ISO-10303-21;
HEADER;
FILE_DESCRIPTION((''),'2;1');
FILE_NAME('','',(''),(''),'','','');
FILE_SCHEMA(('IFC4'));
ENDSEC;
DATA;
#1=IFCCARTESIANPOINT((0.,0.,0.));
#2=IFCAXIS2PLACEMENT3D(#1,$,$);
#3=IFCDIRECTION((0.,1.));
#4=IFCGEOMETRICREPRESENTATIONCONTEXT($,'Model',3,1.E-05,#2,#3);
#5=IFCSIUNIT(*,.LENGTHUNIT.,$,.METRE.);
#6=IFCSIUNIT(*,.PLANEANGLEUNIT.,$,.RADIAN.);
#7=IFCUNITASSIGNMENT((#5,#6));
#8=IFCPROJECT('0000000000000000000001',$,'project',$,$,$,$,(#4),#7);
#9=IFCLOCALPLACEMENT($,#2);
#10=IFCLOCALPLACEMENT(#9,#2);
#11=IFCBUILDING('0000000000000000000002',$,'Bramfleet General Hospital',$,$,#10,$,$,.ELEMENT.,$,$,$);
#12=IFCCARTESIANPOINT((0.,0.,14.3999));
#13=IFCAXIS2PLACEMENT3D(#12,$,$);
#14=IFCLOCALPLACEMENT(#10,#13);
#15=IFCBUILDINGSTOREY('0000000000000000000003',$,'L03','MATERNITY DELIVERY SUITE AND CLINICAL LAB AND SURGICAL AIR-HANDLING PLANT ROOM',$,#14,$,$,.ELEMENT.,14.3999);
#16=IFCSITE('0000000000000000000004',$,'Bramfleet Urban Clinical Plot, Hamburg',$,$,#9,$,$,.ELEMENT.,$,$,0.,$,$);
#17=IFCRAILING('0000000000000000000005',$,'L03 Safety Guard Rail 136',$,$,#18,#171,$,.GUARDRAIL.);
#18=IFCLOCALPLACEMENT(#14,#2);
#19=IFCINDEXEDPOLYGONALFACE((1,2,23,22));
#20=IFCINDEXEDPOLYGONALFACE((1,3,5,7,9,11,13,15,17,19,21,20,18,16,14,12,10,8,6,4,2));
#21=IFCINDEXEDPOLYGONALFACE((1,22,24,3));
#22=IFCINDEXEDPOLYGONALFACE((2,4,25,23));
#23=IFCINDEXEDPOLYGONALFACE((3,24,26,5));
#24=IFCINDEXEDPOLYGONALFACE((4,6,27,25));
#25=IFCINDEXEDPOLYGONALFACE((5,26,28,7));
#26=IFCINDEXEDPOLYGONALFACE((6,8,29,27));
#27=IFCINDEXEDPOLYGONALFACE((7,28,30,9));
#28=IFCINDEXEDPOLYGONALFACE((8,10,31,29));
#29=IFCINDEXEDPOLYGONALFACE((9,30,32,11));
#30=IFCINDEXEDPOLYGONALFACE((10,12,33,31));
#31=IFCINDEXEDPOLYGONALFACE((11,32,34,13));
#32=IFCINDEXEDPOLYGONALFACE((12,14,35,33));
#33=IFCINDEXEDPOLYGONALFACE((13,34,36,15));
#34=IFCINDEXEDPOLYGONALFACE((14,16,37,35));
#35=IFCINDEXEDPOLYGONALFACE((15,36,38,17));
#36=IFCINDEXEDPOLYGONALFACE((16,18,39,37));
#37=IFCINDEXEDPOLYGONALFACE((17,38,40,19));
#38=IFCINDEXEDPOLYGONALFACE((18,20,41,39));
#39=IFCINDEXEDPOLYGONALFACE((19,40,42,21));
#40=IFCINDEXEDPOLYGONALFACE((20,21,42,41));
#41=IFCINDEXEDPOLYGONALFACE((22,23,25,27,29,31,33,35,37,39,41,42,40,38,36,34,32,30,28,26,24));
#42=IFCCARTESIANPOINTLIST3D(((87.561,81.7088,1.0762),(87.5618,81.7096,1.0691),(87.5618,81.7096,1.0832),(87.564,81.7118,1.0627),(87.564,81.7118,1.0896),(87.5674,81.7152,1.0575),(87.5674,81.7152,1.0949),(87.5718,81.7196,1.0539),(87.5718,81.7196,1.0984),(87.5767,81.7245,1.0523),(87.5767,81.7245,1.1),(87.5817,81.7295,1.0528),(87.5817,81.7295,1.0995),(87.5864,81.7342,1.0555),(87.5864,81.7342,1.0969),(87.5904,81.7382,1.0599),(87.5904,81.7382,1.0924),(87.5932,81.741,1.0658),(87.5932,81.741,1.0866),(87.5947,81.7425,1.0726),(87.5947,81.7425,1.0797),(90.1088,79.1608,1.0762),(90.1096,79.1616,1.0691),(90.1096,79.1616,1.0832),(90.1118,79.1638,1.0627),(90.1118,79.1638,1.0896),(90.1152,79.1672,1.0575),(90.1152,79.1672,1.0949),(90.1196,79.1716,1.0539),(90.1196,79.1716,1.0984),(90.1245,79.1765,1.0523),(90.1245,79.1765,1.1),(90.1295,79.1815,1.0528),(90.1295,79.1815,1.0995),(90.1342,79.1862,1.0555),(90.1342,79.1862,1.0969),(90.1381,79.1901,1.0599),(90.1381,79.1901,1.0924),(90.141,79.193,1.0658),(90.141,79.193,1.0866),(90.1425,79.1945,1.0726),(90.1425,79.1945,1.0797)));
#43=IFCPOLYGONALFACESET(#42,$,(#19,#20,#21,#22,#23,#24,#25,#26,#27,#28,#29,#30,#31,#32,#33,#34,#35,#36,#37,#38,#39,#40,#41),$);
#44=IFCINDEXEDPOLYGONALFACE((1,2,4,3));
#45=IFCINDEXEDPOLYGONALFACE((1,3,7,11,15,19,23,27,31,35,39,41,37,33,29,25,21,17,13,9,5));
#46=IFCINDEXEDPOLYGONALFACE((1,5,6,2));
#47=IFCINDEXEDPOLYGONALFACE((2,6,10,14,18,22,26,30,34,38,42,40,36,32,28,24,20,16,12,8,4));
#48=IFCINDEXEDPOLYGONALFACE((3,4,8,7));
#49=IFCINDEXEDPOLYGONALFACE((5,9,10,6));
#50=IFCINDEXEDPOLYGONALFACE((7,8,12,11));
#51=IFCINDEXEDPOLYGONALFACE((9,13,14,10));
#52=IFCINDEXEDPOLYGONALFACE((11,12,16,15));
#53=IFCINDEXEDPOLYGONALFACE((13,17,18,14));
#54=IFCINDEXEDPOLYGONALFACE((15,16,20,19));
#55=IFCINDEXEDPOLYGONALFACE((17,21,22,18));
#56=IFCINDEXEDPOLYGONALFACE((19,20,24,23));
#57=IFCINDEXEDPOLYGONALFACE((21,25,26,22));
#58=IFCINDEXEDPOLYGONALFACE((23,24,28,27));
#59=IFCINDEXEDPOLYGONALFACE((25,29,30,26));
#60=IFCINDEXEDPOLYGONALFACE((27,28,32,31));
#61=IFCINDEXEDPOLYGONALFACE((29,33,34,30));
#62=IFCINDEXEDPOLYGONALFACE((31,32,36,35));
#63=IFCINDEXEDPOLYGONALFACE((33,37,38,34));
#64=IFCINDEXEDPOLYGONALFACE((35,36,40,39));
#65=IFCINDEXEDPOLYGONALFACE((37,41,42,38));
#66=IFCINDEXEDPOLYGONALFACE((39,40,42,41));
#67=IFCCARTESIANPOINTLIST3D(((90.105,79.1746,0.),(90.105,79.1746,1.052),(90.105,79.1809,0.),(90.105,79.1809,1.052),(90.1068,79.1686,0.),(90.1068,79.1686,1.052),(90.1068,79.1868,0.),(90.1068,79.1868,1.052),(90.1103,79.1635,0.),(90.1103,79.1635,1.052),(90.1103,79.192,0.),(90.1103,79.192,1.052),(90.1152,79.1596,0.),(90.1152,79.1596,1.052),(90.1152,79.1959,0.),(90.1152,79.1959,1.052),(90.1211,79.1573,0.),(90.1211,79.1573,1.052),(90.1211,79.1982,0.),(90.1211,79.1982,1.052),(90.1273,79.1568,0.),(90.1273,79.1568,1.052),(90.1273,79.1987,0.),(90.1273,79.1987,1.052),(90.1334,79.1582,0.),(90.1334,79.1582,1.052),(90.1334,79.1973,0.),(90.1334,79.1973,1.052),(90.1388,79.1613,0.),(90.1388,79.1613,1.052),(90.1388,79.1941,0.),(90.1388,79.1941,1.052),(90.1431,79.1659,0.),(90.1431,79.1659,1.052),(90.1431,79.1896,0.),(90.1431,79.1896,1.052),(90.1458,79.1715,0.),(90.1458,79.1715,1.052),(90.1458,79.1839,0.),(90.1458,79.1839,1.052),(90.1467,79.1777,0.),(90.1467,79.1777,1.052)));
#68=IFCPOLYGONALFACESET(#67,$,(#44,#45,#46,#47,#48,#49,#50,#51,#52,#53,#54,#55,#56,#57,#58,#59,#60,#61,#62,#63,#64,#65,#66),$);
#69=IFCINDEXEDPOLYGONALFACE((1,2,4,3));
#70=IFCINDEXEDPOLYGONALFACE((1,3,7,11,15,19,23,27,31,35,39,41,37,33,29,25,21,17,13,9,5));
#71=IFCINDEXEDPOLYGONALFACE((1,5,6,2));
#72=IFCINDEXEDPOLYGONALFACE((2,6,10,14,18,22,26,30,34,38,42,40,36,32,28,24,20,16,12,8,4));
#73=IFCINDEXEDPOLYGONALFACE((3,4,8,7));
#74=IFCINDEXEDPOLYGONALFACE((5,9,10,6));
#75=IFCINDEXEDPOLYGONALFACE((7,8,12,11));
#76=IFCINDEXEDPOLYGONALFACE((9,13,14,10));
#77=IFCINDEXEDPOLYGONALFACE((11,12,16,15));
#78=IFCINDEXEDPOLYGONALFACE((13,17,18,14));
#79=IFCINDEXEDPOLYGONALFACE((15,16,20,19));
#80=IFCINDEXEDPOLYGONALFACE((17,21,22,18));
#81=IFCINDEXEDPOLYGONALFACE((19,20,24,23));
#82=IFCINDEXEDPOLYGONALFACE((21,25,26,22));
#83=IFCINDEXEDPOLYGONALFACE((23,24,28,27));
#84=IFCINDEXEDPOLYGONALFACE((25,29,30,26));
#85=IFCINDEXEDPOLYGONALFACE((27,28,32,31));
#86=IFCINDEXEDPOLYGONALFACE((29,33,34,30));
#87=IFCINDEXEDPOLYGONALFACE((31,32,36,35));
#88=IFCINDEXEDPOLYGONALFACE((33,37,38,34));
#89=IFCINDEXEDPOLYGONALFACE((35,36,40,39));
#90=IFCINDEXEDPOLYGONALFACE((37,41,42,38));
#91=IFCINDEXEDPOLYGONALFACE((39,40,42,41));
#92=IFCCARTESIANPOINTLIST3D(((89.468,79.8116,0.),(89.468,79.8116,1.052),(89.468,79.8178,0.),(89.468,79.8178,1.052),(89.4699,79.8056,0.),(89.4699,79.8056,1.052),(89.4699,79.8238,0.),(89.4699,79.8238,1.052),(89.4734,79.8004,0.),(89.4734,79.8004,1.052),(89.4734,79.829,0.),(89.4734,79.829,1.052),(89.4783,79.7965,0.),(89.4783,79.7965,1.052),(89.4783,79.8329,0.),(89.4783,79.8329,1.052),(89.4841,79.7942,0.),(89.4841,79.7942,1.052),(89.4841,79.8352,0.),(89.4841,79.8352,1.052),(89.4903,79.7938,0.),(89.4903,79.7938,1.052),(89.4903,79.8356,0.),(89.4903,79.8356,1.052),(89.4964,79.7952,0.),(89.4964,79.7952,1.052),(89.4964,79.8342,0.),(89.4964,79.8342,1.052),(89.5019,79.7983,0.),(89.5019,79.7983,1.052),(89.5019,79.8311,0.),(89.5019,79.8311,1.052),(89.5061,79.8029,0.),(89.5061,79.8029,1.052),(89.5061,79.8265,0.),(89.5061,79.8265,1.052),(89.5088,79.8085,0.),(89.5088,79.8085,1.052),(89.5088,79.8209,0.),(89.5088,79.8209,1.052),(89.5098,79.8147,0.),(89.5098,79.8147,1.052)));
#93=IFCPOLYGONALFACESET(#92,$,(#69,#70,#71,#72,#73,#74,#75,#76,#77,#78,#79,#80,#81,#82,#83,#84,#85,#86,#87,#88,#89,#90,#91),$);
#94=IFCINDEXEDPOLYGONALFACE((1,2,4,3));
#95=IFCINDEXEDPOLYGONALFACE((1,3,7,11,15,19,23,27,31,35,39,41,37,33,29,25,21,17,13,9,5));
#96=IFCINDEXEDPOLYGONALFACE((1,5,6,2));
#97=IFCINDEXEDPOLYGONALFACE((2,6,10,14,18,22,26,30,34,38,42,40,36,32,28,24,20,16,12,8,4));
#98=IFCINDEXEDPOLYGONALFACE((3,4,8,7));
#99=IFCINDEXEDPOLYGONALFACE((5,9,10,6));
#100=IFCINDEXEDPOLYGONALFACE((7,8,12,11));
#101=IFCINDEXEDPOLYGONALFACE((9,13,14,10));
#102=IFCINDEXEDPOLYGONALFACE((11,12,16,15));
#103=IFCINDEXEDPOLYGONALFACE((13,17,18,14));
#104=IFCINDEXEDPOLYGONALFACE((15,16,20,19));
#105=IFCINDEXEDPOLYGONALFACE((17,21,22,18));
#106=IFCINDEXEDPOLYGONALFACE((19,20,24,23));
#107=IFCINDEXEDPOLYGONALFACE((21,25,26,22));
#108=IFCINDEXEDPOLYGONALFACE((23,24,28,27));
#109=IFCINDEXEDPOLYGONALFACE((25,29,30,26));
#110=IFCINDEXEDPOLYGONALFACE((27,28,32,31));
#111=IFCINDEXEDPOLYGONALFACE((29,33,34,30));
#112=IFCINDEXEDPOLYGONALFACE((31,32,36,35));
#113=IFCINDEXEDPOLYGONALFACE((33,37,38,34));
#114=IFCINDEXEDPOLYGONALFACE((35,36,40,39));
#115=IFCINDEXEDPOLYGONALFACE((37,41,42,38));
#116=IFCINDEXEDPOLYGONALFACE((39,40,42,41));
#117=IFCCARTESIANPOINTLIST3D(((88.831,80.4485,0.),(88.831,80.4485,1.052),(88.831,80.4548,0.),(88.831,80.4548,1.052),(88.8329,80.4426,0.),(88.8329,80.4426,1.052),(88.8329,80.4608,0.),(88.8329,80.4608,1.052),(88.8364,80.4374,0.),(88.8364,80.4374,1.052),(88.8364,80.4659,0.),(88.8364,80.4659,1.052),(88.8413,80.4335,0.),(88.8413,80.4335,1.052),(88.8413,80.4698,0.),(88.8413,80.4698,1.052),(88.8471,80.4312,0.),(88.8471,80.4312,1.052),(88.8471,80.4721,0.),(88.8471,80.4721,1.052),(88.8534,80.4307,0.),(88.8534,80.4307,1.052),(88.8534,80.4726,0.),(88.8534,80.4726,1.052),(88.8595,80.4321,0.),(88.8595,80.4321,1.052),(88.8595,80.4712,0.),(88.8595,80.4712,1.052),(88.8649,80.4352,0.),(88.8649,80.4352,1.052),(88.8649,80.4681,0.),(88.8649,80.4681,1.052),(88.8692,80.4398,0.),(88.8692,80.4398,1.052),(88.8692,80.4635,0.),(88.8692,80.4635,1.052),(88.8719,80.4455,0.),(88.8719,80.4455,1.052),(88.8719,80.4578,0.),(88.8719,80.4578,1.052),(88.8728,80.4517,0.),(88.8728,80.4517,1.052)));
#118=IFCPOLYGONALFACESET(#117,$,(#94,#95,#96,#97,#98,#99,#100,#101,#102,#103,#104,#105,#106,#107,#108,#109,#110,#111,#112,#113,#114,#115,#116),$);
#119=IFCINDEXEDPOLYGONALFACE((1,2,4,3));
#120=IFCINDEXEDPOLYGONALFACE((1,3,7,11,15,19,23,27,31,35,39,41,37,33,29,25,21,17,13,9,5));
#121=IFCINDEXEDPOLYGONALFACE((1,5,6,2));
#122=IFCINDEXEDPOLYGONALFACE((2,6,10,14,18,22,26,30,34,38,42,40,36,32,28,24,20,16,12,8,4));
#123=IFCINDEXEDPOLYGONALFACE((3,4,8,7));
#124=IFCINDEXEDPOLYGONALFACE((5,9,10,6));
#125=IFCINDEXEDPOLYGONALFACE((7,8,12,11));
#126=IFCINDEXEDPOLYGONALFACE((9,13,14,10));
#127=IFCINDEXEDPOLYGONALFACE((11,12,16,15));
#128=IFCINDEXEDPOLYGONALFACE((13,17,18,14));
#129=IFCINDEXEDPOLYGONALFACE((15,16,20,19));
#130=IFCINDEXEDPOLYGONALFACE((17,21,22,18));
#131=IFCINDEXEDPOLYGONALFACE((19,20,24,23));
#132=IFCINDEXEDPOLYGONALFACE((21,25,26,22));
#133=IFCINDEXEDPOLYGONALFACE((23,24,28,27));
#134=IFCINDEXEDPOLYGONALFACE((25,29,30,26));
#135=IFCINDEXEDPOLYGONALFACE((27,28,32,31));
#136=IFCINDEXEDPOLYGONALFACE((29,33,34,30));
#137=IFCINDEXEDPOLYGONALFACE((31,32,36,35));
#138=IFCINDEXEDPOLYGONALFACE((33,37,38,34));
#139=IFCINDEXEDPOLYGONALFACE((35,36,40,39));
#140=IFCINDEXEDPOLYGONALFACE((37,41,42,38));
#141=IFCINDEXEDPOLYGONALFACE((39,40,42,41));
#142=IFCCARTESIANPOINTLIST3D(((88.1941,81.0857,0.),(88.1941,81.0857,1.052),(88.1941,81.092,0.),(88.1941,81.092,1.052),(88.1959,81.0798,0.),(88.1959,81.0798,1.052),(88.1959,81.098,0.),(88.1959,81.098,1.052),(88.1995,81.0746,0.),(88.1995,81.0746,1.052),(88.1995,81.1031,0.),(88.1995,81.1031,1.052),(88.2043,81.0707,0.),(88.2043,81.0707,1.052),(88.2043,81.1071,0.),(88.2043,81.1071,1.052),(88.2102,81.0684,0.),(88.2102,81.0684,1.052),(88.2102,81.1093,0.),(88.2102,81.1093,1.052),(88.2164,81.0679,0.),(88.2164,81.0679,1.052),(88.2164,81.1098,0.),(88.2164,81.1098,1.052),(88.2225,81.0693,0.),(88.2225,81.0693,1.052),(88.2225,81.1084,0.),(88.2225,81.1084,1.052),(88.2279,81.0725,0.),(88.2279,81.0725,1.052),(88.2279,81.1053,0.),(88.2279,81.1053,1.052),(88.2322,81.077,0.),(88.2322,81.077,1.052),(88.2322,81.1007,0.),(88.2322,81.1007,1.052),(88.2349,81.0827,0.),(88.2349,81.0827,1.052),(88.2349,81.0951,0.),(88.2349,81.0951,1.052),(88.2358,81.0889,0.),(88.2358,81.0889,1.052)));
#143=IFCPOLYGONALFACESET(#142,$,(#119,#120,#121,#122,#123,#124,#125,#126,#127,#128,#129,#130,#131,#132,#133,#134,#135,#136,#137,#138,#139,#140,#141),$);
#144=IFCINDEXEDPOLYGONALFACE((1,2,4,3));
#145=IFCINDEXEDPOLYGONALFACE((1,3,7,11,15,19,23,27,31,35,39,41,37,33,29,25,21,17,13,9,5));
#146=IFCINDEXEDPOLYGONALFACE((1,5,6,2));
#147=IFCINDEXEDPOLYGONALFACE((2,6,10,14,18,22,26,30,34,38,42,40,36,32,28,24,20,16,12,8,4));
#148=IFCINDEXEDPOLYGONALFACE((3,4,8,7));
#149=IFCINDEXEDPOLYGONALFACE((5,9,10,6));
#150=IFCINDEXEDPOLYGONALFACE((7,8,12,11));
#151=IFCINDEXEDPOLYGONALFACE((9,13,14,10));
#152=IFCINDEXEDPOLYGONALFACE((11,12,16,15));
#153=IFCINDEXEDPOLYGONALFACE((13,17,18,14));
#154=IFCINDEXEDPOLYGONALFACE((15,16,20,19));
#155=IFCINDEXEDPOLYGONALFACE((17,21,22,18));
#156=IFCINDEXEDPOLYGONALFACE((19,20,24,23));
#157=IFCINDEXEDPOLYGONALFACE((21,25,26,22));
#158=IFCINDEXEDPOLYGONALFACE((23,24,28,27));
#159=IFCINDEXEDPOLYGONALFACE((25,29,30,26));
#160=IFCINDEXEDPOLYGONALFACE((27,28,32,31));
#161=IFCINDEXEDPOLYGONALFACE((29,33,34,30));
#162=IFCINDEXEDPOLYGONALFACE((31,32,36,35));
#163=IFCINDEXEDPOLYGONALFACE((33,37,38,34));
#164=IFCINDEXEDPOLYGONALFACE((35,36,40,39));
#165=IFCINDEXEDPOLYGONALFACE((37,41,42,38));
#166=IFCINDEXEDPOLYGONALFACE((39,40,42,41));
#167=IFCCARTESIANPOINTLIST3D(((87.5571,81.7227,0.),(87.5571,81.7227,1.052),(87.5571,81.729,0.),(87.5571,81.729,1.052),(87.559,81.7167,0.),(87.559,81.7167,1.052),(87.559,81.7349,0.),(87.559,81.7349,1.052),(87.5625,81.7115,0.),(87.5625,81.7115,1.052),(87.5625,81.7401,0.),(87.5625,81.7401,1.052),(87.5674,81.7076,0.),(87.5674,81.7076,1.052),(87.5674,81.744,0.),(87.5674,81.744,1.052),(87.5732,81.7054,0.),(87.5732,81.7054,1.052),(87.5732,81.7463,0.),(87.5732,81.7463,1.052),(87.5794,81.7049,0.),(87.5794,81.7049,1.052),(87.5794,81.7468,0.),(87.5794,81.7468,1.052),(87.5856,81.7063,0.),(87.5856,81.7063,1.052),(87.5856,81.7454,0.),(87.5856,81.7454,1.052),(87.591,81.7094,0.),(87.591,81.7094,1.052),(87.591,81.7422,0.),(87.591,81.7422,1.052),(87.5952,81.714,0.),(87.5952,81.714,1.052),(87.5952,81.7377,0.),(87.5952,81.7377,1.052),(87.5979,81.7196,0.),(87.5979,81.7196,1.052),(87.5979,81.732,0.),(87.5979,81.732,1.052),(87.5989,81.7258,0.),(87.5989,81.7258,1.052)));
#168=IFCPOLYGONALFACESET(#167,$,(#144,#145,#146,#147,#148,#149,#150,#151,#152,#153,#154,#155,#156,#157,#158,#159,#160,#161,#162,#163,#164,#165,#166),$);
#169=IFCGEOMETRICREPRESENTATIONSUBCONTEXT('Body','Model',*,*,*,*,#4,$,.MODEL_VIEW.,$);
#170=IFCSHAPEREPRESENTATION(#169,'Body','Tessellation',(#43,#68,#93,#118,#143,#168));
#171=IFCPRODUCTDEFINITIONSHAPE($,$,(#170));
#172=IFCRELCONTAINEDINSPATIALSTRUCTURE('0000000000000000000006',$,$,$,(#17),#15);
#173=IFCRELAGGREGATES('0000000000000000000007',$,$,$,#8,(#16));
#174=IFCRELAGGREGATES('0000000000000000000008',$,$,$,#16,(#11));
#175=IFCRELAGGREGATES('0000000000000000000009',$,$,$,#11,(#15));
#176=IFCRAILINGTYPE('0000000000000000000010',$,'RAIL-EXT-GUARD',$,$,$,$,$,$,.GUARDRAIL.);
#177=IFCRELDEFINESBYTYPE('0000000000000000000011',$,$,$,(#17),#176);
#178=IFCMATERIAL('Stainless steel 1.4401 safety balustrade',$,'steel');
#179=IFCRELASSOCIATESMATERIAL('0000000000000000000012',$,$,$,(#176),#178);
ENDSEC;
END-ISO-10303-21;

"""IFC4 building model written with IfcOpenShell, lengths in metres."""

from ifc_helpers import new_model, si_unit, direction, frame, origin, origin_2d, place, context, subcontext, project, spatial, circle, extrude, material, type_object, element, save


model = new_model("IFC4")

# Units and contexts
model_context = context("Model", 3, precision=1e-05, world=origin(), true_north=direction((0.0, 1.0)))
body_context = subcontext(model_context, "Body", "Model", "MODEL_VIEW")
ifc_project = project(units=[si_unit("LENGTHUNIT", "METRE"), si_unit("PLANEANGLEUNIT", "RADIAN")], contexts=[model_context])

# Site, building, storey
site_placement = place(None, origin())
site = spatial("IfcSite", under=ifc_project, at=site_placement, Name="Bramfleet Urban Clinical Plot, Hamburg", CompositionType="ELEMENT", RefElevation=0.0)
building_placement = place(site_placement, origin())
building = spatial("IfcBuilding", under=site, at=building_placement, Name="Bramfleet General Hospital", CompositionType="ELEMENT")
storey_placement = place(building_placement, frame((0.0, 0.0, 14.3999)))
storey = spatial("IfcBuildingStorey", under=building, at=storey_placement, Name="L03", Description="MATERNITY DELIVERY SUITE AND CLINICAL LAB AND SURGICAL AIR-HANDLING PLANT ROOM", CompositionType="ELEMENT", Elevation=14.3999)

# Railing
ifc_material_1 = material(Name="Stainless steel 1.4401 safety balustrade", Category="steel")
railing_type = type_object("IfcRailingType", Name="RAIL-EXT-GUARD", PredefinedType="GUARDRAIL", material=ifc_material_1)
railing_placement = place(storey_placement, frame((90.1257, 79.1777, 0.0)))
element("IfcRailing", 1, at=railing_placement, inside=storey, type_object=railing_type, Name="L03 Safety Guard Rail 136", PredefinedType="GUARDRAIL", context=body_context, shape_type="SweptSolid", body=[
    extrude(circle(Radius=0.0239, at=origin_2d()), frame((0.0, 0.0, 1.0762), z_axis=(-0.707073, 0.707141, 0.0), x_axis=(-0.707141, -0.707073, 0.0)), (0.0, 0.0, 1.0), 3.6033),
    extrude(circle(Radius=0.021, at=origin_2d()), origin(), (0.0, 0.0, 1.0), 1.052),
    extrude(circle(Radius=0.021, at=origin_2d()), frame((-0.637, 0.637, 0.0)), (0.0, 0.0, 1.0), 1.052),
    extrude(circle(Radius=0.021, at=origin_2d()), frame((-1.2739, 1.2739, 0.0)), (0.0, 0.0, 1.0), 1.052),
    extrude(circle(Radius=0.021, at=origin_2d()), frame((-1.9109, 1.9111, 0.0)), (0.0, 0.0, 1.0), 1.052),
    extrude(circle(Radius=0.021, at=origin_2d()), frame((-2.5479, 2.5481, 0.0)), (0.0, 0.0, 1.0), 1.052),
])

save(model, "model.ifc")
